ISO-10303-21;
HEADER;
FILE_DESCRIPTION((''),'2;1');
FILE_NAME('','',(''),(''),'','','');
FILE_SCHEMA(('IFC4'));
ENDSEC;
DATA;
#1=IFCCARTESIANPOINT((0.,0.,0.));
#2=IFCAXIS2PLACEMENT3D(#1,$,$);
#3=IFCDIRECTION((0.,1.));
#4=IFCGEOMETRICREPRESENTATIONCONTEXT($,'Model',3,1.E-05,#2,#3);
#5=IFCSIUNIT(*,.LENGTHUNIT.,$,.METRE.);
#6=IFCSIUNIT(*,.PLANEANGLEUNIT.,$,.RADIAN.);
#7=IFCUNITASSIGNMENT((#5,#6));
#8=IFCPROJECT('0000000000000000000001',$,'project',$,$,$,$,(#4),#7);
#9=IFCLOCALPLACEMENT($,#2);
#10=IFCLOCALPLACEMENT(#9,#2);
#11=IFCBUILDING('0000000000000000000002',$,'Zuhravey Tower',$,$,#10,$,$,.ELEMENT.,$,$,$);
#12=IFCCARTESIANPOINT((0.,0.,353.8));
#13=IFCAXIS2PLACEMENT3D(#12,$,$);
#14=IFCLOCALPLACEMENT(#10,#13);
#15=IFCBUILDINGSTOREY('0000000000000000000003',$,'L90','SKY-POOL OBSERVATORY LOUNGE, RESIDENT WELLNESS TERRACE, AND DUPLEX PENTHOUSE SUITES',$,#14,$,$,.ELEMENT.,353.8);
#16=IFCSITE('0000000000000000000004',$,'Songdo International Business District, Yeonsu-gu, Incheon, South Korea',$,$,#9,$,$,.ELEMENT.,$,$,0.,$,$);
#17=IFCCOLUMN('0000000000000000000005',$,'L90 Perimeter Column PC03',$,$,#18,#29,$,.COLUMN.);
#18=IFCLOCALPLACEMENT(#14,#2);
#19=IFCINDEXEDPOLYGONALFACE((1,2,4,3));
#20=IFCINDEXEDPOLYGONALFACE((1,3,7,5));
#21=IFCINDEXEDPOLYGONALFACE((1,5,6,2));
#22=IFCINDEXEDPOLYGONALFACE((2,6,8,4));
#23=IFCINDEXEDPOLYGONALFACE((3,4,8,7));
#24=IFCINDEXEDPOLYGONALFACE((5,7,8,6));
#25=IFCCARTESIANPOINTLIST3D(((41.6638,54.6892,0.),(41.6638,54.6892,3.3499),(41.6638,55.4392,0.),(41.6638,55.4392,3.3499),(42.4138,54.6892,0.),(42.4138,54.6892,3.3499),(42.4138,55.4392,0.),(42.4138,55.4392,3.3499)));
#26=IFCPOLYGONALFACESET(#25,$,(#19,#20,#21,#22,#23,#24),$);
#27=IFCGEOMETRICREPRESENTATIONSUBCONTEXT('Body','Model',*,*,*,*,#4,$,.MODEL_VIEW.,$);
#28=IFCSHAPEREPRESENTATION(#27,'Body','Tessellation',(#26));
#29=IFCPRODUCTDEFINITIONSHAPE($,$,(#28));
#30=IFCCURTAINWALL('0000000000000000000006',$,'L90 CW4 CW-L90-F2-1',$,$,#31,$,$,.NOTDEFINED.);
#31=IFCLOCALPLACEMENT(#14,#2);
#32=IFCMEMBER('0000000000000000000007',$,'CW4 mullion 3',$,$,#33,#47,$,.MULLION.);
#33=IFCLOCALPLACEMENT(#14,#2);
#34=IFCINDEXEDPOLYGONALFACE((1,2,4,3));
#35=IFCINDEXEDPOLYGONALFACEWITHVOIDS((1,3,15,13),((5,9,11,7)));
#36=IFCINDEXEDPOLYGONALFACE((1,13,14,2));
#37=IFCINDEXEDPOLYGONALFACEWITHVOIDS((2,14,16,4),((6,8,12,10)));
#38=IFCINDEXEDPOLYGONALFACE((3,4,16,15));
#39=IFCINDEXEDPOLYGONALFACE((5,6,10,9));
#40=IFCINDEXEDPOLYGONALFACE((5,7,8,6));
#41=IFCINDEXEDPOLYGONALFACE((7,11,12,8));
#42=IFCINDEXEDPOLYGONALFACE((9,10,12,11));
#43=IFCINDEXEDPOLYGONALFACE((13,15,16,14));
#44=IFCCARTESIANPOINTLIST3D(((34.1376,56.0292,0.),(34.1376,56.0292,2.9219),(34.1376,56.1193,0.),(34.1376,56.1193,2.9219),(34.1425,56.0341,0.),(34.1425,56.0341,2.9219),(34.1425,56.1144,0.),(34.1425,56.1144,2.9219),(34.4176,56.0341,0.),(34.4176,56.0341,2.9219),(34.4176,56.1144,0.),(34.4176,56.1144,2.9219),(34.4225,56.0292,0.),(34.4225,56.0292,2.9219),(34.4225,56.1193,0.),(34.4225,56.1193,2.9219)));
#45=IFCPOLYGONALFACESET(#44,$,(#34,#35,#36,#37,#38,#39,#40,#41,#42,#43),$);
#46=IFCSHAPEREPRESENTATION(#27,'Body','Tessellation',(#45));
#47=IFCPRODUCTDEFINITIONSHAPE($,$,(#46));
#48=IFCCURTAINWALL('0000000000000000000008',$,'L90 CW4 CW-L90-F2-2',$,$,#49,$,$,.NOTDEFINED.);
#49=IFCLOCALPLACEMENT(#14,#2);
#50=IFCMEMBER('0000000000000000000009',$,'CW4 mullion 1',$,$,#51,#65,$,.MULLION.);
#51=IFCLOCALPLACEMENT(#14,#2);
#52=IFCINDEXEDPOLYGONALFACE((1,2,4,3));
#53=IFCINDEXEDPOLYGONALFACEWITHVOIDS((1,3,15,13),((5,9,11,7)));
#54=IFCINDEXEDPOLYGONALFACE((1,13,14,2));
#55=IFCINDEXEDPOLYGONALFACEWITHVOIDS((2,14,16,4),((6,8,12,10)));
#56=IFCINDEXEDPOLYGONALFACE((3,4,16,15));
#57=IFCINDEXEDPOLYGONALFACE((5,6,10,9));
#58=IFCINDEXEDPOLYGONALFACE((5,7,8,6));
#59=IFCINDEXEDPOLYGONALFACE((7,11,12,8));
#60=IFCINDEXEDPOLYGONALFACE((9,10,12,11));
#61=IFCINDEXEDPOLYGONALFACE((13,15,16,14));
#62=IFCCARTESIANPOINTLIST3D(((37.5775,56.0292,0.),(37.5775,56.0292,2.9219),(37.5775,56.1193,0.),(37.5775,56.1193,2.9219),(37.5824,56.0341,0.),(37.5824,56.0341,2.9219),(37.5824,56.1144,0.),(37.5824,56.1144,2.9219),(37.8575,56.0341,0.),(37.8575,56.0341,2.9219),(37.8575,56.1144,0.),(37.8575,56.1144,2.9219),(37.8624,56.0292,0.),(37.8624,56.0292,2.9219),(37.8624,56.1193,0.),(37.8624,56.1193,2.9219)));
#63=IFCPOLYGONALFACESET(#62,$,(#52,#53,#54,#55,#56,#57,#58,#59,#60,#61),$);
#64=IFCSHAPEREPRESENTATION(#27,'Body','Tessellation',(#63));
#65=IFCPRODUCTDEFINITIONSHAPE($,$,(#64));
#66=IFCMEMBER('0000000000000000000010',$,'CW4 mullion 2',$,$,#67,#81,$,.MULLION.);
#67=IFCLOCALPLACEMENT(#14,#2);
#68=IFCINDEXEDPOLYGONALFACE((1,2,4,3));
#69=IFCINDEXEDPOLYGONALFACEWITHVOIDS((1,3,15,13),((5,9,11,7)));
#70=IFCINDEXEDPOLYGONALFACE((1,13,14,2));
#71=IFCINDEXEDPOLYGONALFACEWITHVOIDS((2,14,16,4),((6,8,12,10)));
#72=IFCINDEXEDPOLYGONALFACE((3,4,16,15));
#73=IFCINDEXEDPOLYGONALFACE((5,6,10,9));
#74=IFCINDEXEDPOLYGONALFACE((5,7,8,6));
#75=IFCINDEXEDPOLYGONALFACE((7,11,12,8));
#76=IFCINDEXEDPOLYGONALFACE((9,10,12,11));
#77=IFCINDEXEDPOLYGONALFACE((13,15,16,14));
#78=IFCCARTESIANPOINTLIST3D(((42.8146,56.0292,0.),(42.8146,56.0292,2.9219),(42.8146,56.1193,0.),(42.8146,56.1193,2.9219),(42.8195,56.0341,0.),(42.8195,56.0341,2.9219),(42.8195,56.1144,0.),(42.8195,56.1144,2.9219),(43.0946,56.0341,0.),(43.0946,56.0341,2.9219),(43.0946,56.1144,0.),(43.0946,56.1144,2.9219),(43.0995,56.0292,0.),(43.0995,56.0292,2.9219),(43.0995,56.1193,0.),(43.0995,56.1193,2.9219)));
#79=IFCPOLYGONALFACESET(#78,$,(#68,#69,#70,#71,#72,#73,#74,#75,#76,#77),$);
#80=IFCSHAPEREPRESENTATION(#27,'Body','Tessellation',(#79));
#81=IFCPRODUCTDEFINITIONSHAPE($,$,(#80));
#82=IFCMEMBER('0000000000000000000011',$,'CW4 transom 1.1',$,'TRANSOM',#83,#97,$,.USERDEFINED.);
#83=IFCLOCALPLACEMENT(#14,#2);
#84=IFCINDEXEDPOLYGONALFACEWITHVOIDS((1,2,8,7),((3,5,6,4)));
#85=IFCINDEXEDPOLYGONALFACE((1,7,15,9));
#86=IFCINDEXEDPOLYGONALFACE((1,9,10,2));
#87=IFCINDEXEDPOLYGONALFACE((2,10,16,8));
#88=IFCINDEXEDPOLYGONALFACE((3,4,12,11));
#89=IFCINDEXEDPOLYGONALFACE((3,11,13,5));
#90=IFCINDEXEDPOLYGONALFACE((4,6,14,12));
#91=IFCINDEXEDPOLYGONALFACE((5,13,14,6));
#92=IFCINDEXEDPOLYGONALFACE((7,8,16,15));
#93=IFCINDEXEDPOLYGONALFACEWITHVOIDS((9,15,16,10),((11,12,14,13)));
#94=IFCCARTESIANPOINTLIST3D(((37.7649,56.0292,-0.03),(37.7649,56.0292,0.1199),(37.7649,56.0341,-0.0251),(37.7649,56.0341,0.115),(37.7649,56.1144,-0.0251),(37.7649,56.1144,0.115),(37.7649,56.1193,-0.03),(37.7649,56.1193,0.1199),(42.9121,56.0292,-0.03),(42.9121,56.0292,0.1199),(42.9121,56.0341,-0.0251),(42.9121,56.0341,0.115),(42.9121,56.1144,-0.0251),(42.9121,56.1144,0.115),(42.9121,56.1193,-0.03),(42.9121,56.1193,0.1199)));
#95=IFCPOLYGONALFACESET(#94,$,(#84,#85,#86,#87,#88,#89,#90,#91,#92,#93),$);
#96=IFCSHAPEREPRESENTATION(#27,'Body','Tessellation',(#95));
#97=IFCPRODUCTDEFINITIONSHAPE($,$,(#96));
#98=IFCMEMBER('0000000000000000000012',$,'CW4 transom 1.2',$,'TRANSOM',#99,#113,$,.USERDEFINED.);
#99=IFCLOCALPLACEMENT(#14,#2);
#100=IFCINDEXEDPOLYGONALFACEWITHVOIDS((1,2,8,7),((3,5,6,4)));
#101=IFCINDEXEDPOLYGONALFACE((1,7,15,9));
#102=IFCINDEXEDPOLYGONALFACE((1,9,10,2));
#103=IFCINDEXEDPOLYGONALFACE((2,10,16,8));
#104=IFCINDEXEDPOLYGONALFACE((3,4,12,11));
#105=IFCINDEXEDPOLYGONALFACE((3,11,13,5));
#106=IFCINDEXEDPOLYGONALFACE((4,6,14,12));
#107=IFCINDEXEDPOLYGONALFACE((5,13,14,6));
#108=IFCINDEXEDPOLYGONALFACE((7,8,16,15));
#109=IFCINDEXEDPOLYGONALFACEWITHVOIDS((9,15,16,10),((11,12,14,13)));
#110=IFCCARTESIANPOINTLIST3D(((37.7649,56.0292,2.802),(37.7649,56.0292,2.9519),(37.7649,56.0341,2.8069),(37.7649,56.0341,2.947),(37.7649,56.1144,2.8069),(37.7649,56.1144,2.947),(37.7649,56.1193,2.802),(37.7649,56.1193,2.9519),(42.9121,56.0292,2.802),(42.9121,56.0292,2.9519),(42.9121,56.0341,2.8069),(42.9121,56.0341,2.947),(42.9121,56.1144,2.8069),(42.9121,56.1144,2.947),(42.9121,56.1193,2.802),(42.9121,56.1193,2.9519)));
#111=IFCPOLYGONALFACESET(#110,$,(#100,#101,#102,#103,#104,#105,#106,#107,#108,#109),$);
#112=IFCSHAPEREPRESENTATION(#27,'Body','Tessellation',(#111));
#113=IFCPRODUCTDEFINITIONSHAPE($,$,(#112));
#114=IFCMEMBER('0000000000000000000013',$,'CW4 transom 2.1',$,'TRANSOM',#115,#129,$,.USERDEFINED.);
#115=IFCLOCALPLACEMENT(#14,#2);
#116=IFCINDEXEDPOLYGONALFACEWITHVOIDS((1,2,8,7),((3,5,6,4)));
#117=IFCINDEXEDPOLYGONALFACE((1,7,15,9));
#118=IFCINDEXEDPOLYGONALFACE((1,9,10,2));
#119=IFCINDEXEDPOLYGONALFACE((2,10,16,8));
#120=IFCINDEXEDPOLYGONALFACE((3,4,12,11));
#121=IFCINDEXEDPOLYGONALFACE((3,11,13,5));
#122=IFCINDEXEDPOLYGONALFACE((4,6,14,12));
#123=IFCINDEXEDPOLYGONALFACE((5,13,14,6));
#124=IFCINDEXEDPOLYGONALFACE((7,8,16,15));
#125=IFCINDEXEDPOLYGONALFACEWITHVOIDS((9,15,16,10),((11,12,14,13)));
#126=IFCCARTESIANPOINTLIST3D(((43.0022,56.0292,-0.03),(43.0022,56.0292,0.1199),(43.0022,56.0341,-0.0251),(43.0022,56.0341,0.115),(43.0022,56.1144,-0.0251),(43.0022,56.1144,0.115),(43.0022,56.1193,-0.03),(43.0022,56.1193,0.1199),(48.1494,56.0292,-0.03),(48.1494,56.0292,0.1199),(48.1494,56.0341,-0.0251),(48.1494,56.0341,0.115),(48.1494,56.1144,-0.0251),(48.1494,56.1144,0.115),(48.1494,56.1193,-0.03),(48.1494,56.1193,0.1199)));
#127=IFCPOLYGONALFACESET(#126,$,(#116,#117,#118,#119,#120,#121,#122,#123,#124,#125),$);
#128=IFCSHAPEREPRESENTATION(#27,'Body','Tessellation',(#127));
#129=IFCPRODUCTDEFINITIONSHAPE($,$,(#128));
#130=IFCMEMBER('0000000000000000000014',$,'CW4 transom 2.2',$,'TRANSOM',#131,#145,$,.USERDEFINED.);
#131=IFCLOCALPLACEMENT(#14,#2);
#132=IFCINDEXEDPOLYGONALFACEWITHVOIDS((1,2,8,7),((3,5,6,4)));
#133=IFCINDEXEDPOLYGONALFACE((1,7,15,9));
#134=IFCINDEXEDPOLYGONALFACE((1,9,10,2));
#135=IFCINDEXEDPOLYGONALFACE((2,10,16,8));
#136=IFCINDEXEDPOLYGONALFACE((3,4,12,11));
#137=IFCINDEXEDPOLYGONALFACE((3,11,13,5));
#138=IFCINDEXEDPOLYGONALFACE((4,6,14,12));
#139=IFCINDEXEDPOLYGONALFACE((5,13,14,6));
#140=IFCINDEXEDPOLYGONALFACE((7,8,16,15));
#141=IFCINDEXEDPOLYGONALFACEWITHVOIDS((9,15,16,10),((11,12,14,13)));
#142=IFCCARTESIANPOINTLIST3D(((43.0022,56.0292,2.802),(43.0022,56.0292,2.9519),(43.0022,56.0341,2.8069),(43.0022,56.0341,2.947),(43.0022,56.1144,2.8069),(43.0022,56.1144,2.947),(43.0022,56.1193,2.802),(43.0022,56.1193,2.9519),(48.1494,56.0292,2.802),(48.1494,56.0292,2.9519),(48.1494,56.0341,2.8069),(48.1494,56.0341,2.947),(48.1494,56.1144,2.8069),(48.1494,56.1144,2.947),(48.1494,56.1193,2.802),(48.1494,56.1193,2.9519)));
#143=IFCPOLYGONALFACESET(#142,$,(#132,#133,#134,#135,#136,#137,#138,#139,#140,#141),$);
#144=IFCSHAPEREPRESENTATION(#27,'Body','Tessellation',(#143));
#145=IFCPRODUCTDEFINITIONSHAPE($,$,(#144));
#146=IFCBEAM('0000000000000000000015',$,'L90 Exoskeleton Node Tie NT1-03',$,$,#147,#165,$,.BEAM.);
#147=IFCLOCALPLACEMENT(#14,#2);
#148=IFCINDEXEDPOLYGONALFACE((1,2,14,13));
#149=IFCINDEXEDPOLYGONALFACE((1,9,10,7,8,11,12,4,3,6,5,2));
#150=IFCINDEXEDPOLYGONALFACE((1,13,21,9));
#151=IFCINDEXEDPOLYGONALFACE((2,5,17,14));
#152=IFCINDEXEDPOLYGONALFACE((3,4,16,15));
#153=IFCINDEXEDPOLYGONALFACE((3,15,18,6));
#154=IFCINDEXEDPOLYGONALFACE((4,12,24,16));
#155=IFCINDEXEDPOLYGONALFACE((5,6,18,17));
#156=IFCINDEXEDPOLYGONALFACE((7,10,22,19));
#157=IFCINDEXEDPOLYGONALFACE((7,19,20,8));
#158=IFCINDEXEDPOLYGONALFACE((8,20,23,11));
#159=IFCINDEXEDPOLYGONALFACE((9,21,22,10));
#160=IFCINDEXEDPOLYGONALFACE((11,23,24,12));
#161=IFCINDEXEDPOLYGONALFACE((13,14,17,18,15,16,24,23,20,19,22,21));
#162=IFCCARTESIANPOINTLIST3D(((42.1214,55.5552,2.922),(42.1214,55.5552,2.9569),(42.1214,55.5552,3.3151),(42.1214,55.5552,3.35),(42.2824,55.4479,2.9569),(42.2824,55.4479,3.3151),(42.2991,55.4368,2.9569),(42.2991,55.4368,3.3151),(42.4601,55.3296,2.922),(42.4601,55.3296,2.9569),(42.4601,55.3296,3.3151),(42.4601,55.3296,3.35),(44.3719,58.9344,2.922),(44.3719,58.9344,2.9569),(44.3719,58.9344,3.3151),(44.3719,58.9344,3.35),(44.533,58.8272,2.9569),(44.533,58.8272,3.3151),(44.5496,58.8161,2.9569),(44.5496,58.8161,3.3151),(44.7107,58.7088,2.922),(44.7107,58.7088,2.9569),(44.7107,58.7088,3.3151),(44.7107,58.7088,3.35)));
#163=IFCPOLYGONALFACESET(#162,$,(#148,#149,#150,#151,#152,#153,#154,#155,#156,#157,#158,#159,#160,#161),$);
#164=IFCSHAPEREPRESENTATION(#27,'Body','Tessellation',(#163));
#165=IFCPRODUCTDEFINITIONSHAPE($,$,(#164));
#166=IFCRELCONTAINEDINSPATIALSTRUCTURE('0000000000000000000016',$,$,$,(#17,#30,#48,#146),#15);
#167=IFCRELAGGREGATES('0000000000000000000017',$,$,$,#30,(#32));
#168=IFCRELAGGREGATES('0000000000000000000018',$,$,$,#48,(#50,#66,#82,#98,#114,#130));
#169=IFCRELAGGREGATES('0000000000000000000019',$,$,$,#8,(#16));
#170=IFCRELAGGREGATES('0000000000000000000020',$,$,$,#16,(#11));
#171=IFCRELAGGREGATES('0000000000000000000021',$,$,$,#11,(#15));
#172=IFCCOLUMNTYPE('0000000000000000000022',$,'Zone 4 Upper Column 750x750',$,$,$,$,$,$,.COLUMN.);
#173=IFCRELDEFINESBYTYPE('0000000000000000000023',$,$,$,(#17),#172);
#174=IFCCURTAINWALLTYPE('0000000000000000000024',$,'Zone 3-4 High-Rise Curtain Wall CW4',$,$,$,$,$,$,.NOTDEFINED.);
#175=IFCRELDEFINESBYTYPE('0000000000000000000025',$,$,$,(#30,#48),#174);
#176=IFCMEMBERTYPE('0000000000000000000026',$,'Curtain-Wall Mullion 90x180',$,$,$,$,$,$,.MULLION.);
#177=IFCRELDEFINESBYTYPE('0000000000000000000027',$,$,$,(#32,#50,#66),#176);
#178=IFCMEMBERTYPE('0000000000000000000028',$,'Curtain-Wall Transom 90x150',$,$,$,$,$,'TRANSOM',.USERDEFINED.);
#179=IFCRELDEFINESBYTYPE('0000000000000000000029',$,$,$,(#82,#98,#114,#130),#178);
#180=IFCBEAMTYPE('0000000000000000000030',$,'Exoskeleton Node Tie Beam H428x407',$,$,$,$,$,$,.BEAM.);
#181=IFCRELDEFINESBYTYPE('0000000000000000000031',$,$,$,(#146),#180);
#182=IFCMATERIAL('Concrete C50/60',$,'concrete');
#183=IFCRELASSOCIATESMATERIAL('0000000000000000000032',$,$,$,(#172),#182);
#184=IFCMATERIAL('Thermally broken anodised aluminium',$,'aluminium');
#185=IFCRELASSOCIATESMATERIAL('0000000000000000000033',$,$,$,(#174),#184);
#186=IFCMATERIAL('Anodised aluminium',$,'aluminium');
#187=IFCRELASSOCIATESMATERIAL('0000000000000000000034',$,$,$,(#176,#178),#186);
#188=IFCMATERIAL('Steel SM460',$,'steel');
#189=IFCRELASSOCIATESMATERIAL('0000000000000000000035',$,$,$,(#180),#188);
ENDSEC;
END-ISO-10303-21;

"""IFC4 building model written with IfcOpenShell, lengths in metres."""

from ifc_helpers import new_model, si_unit, direction, frame, origin, origin_2d, place, context, subcontext, project, spatial, rectangle, hollow_rectangle, i_section, extrude, material, material_profile, profile_set, type_object, element, aggregate, save


model = new_model("IFC4")

# Units and contexts
model_context = context("Model", 3, precision=1e-05, world=origin(), true_north=direction((0.0, 1.0)))
body_context = subcontext(model_context, "Body", "Model", "MODEL_VIEW")
ifc_project = project(units=[si_unit("LENGTHUNIT", "METRE"), si_unit("PLANEANGLEUNIT", "RADIAN")], contexts=[model_context])

# Site, building, storey
site_placement = place(None, origin())
site = spatial("IfcSite", under=ifc_project, at=site_placement, Name="Songdo International Business District, Yeonsu-gu, Incheon, South Korea", CompositionType="ELEMENT", RefElevation=0.0)
building_placement = place(site_placement, origin())
building = spatial("IfcBuilding", under=site, at=building_placement, Name="Zuhravey Tower", CompositionType="ELEMENT")
storey_placement = place(building_placement, frame((0.0, 0.0, 353.8)))
storey = spatial("IfcBuildingStorey", under=building, at=storey_placement, Name="L90", Description="SKY-POOL OBSERVATORY LOUNGE, RESIDENT WELLNESS TERRACE, AND DUPLEX PENTHOUSE SUITES", CompositionType="ELEMENT", Elevation=353.8)

# Column
ifc_material_1 = material(Name="Concrete C50/60", Category="concrete")
ifc_material_profile_1 = material_profile(ifc_material_1, rectangle(XDim=0.75, YDim=0.75, at=origin_2d()), Name="RC-750x750")
ifc_profile_set_1 = profile_set([ifc_material_profile_1], Name="Concrete C50/60")
column_type = type_object("IfcColumnType", Name="Zone 4 Upper Column 750x750", PredefinedType="COLUMN", material=ifc_profile_set_1)
column_placement = place(storey_placement, frame((42.0388, 55.0642, 0.0), z_axis=(0.0, 0.0, 1.0), x_axis=(-1.0, 0.0, 0.0)))
element("IfcColumn", 1, at=column_placement, inside=storey, type_object=column_type, Name="L90 Perimeter Column PC03", PredefinedType="COLUMN", context=body_context, shape_type="SweptSolid", body=[
    extrude(rectangle(XDim=0.75, YDim=0.75, at=origin_2d()), origin(), (0.0, 0.0, 1.0), 3.3499),
])

# Curtain wall, member
ifc_material_2 = material(Name="Thermally broken anodised aluminium", Category="aluminium")
curtain_wall_type = type_object("IfcCurtainWallType", Name="Zone 3-4 High-Rise Curtain Wall CW4", PredefinedType="NOTDEFINED", material=ifc_material_2)
curtain_wall_1_placement = place(storey_placement, origin())
curtain_wall_1 = element("IfcCurtainWall", 2, at=curtain_wall_1_placement, inside=storey, type_object=curtain_wall_type, Name="L90 CW4 CW-L90-F2-1", PredefinedType="NOTDEFINED")
ifc_material_3 = material(Name="Anodised aluminium", Category="aluminium")
ifc_material_profile_2 = material_profile(ifc_material_3, hollow_rectangle(XDim=0.0901, YDim=0.2849, WallThickness=0.0049, at=origin_2d()), Name="ALU-RHS-90x285x5")
ifc_profile_set_2 = profile_set([ifc_material_profile_2], Name="Anodised aluminium")
member_type_1 = type_object("IfcMemberType", Name="Curtain-Wall Mullion 90x180", PredefinedType="MULLION", material=ifc_profile_set_2)
member_1_placement = place(storey_placement, frame((34.28, 56.0742, 0.0), z_axis=(0.0, 0.0, 1.0), x_axis=(0.0, 1.0, 0.0)))
member_1 = element("IfcMember", 3, at=member_1_placement, type_object=member_type_1, Name="CW4 mullion 3", PredefinedType="MULLION", context=body_context, shape_type="SweptSolid", body=[
    extrude(hollow_rectangle(XDim=0.0901, YDim=0.2849, WallThickness=0.0049, at=origin_2d()), origin(), (0.0, 0.0, 1.0), 2.9219),
])
aggregate(curtain_wall_1, [member_1])

# Curtain wall, members
curtain_wall_2_placement = place(storey_placement, origin())
curtain_wall_2 = element("IfcCurtainWall", 4, at=curtain_wall_2_placement, inside=storey, type_object=curtain_wall_type, Name="L90 CW4 CW-L90-F2-2", PredefinedType="NOTDEFINED")
member_2_placement = place(storey_placement, frame((37.72, 56.0742, 0.0), z_axis=(0.0, 0.0, 1.0), x_axis=(0.0, 1.0, 0.0)))
member_2 = element("IfcMember", 5, at=member_2_placement, type_object=member_type_1, Name="CW4 mullion 1", PredefinedType="MULLION", context=body_context, shape_type="SweptSolid", body=[
    extrude(hollow_rectangle(XDim=0.0901, YDim=0.2849, WallThickness=0.0049, at=origin_2d()), origin(), (0.0, 0.0, 1.0), 2.9219),
])
member_3_placement = place(storey_placement, frame((42.957, 56.0742, 0.0), z_axis=(0.0, 0.0, 1.0), x_axis=(0.0, 1.0, 0.0)))
member_3 = element("IfcMember", 6, at=member_3_placement, type_object=member_type_1, Name="CW4 mullion 2", PredefinedType="MULLION", context=body_context, shape_type="SweptSolid", body=[
    extrude(hollow_rectangle(XDim=0.0901, YDim=0.2849, WallThickness=0.0049, at=origin_2d()), origin(), (0.0, 0.0, 1.0), 2.9219),
])
ifc_material_profile_3 = material_profile(ifc_material_3, hollow_rectangle(XDim=0.0901, YDim=0.1499, WallThickness=0.0049, at=origin_2d()), Name="ALU-RHS-90x150x5")
ifc_profile_set_3 = profile_set([ifc_material_profile_3], Name="Anodised aluminium")
member_type_2 = type_object("IfcMemberType", Name="Curtain-Wall Transom 90x150", ElementType="TRANSOM", PredefinedType="USERDEFINED", material=ifc_profile_set_3)
member_4_placement = place(storey_placement, frame((37.7649, 56.0742, 0.0449), z_axis=(1.0, 0.0, 0.0), x_axis=(0.0, 1.0, 0.0)))
member_4 = element("IfcMember", 7, at=member_4_placement, type_object=member_type_2, Name="CW4 transom 1.1", ObjectType="TRANSOM", PredefinedType="USERDEFINED", context=body_context, shape_type="SweptSolid", body=[
    extrude(hollow_rectangle(XDim=0.0901, YDim=0.1499, WallThickness=0.0049, at=origin_2d()), origin(), (0.0, 0.0, 1.0), 5.1472),
])
member_5_placement = place(storey_placement, frame((37.7649, 56.0742, 2.877), z_axis=(1.0, 0.0, 0.0), x_axis=(0.0, 1.0, 0.0)))
member_5 = element("IfcMember", 8, at=member_5_placement, type_object=member_type_2, Name="CW4 transom 1.2", ObjectType="TRANSOM", PredefinedType="USERDEFINED", context=body_context, shape_type="SweptSolid", body=[
    extrude(hollow_rectangle(XDim=0.0901, YDim=0.1499, WallThickness=0.0049, at=origin_2d()), origin(), (0.0, 0.0, 1.0), 5.1472),
])
member_6_placement = place(storey_placement, frame((43.0022, 56.0742, 0.0449), z_axis=(1.0, 0.0, 0.0), x_axis=(0.0, 1.0, 0.0)))
member_6 = element("IfcMember", 9, at=member_6_placement, type_object=member_type_2, Name="CW4 transom 2.1", ObjectType="TRANSOM", PredefinedType="USERDEFINED", context=body_context, shape_type="SweptSolid", body=[
    extrude(hollow_rectangle(XDim=0.0901, YDim=0.1499, WallThickness=0.0049, at=origin_2d()), origin(), (0.0, 0.0, 1.0), 5.1472),
])
member_7_placement = place(storey_placement, frame((43.0022, 56.0742, 2.877), z_axis=(1.0, 0.0, 0.0), x_axis=(0.0, 1.0, 0.0)))
member_7 = element("IfcMember", 10, at=member_7_placement, type_object=member_type_2, Name="CW4 transom 2.2", ObjectType="TRANSOM", PredefinedType="USERDEFINED", context=body_context, shape_type="SweptSolid", body=[
    extrude(hollow_rectangle(XDim=0.0901, YDim=0.1499, WallThickness=0.0049, at=origin_2d()), origin(), (0.0, 0.0, 1.0), 5.1472),
])

# Beam
ifc_material_4 = material(Name="Steel SM460", Category="steel")
ifc_material_profile_4 = material_profile(ifc_material_4, i_section(OverallWidth=0.407, OverallDepth=0.428, WebThickness=0.02, FlangeThickness=0.0349, at=origin_2d()), Name="H-428x407x20x35")
ifc_profile_set_4 = profile_set([ifc_material_profile_4], Name="Steel SM460")
beam_type_1 = type_object("IfcBeamType", Name="Exoskeleton Node Tie Beam H428x407", PredefinedType="BEAM", material=ifc_profile_set_4)
beam_1_placement = place(storey_placement, frame((42.2908, 55.4424, 3.136), z_axis=(0.554312, 0.832309, 0.0), x_axis=(-0.832309, 0.554312, 0.0)))
element("IfcBeam", 11, at=beam_1_placement, inside=storey, type_object=beam_type_1, Name="L90 Exoskeleton Node Tie NT1-03", PredefinedType="BEAM", context=body_context, shape_type="SweptSolid", body=[
    extrude(i_section(OverallWidth=0.407, OverallDepth=0.428, WebThickness=0.02, FlangeThickness=0.0349, at=origin_2d()), origin(), (0.0, 0.0, 1.0), 4.0601),
])

aggregate(curtain_wall_2, [member_2, member_3, member_4, member_5, member_6, member_7])

save(model, "model.ifc")
